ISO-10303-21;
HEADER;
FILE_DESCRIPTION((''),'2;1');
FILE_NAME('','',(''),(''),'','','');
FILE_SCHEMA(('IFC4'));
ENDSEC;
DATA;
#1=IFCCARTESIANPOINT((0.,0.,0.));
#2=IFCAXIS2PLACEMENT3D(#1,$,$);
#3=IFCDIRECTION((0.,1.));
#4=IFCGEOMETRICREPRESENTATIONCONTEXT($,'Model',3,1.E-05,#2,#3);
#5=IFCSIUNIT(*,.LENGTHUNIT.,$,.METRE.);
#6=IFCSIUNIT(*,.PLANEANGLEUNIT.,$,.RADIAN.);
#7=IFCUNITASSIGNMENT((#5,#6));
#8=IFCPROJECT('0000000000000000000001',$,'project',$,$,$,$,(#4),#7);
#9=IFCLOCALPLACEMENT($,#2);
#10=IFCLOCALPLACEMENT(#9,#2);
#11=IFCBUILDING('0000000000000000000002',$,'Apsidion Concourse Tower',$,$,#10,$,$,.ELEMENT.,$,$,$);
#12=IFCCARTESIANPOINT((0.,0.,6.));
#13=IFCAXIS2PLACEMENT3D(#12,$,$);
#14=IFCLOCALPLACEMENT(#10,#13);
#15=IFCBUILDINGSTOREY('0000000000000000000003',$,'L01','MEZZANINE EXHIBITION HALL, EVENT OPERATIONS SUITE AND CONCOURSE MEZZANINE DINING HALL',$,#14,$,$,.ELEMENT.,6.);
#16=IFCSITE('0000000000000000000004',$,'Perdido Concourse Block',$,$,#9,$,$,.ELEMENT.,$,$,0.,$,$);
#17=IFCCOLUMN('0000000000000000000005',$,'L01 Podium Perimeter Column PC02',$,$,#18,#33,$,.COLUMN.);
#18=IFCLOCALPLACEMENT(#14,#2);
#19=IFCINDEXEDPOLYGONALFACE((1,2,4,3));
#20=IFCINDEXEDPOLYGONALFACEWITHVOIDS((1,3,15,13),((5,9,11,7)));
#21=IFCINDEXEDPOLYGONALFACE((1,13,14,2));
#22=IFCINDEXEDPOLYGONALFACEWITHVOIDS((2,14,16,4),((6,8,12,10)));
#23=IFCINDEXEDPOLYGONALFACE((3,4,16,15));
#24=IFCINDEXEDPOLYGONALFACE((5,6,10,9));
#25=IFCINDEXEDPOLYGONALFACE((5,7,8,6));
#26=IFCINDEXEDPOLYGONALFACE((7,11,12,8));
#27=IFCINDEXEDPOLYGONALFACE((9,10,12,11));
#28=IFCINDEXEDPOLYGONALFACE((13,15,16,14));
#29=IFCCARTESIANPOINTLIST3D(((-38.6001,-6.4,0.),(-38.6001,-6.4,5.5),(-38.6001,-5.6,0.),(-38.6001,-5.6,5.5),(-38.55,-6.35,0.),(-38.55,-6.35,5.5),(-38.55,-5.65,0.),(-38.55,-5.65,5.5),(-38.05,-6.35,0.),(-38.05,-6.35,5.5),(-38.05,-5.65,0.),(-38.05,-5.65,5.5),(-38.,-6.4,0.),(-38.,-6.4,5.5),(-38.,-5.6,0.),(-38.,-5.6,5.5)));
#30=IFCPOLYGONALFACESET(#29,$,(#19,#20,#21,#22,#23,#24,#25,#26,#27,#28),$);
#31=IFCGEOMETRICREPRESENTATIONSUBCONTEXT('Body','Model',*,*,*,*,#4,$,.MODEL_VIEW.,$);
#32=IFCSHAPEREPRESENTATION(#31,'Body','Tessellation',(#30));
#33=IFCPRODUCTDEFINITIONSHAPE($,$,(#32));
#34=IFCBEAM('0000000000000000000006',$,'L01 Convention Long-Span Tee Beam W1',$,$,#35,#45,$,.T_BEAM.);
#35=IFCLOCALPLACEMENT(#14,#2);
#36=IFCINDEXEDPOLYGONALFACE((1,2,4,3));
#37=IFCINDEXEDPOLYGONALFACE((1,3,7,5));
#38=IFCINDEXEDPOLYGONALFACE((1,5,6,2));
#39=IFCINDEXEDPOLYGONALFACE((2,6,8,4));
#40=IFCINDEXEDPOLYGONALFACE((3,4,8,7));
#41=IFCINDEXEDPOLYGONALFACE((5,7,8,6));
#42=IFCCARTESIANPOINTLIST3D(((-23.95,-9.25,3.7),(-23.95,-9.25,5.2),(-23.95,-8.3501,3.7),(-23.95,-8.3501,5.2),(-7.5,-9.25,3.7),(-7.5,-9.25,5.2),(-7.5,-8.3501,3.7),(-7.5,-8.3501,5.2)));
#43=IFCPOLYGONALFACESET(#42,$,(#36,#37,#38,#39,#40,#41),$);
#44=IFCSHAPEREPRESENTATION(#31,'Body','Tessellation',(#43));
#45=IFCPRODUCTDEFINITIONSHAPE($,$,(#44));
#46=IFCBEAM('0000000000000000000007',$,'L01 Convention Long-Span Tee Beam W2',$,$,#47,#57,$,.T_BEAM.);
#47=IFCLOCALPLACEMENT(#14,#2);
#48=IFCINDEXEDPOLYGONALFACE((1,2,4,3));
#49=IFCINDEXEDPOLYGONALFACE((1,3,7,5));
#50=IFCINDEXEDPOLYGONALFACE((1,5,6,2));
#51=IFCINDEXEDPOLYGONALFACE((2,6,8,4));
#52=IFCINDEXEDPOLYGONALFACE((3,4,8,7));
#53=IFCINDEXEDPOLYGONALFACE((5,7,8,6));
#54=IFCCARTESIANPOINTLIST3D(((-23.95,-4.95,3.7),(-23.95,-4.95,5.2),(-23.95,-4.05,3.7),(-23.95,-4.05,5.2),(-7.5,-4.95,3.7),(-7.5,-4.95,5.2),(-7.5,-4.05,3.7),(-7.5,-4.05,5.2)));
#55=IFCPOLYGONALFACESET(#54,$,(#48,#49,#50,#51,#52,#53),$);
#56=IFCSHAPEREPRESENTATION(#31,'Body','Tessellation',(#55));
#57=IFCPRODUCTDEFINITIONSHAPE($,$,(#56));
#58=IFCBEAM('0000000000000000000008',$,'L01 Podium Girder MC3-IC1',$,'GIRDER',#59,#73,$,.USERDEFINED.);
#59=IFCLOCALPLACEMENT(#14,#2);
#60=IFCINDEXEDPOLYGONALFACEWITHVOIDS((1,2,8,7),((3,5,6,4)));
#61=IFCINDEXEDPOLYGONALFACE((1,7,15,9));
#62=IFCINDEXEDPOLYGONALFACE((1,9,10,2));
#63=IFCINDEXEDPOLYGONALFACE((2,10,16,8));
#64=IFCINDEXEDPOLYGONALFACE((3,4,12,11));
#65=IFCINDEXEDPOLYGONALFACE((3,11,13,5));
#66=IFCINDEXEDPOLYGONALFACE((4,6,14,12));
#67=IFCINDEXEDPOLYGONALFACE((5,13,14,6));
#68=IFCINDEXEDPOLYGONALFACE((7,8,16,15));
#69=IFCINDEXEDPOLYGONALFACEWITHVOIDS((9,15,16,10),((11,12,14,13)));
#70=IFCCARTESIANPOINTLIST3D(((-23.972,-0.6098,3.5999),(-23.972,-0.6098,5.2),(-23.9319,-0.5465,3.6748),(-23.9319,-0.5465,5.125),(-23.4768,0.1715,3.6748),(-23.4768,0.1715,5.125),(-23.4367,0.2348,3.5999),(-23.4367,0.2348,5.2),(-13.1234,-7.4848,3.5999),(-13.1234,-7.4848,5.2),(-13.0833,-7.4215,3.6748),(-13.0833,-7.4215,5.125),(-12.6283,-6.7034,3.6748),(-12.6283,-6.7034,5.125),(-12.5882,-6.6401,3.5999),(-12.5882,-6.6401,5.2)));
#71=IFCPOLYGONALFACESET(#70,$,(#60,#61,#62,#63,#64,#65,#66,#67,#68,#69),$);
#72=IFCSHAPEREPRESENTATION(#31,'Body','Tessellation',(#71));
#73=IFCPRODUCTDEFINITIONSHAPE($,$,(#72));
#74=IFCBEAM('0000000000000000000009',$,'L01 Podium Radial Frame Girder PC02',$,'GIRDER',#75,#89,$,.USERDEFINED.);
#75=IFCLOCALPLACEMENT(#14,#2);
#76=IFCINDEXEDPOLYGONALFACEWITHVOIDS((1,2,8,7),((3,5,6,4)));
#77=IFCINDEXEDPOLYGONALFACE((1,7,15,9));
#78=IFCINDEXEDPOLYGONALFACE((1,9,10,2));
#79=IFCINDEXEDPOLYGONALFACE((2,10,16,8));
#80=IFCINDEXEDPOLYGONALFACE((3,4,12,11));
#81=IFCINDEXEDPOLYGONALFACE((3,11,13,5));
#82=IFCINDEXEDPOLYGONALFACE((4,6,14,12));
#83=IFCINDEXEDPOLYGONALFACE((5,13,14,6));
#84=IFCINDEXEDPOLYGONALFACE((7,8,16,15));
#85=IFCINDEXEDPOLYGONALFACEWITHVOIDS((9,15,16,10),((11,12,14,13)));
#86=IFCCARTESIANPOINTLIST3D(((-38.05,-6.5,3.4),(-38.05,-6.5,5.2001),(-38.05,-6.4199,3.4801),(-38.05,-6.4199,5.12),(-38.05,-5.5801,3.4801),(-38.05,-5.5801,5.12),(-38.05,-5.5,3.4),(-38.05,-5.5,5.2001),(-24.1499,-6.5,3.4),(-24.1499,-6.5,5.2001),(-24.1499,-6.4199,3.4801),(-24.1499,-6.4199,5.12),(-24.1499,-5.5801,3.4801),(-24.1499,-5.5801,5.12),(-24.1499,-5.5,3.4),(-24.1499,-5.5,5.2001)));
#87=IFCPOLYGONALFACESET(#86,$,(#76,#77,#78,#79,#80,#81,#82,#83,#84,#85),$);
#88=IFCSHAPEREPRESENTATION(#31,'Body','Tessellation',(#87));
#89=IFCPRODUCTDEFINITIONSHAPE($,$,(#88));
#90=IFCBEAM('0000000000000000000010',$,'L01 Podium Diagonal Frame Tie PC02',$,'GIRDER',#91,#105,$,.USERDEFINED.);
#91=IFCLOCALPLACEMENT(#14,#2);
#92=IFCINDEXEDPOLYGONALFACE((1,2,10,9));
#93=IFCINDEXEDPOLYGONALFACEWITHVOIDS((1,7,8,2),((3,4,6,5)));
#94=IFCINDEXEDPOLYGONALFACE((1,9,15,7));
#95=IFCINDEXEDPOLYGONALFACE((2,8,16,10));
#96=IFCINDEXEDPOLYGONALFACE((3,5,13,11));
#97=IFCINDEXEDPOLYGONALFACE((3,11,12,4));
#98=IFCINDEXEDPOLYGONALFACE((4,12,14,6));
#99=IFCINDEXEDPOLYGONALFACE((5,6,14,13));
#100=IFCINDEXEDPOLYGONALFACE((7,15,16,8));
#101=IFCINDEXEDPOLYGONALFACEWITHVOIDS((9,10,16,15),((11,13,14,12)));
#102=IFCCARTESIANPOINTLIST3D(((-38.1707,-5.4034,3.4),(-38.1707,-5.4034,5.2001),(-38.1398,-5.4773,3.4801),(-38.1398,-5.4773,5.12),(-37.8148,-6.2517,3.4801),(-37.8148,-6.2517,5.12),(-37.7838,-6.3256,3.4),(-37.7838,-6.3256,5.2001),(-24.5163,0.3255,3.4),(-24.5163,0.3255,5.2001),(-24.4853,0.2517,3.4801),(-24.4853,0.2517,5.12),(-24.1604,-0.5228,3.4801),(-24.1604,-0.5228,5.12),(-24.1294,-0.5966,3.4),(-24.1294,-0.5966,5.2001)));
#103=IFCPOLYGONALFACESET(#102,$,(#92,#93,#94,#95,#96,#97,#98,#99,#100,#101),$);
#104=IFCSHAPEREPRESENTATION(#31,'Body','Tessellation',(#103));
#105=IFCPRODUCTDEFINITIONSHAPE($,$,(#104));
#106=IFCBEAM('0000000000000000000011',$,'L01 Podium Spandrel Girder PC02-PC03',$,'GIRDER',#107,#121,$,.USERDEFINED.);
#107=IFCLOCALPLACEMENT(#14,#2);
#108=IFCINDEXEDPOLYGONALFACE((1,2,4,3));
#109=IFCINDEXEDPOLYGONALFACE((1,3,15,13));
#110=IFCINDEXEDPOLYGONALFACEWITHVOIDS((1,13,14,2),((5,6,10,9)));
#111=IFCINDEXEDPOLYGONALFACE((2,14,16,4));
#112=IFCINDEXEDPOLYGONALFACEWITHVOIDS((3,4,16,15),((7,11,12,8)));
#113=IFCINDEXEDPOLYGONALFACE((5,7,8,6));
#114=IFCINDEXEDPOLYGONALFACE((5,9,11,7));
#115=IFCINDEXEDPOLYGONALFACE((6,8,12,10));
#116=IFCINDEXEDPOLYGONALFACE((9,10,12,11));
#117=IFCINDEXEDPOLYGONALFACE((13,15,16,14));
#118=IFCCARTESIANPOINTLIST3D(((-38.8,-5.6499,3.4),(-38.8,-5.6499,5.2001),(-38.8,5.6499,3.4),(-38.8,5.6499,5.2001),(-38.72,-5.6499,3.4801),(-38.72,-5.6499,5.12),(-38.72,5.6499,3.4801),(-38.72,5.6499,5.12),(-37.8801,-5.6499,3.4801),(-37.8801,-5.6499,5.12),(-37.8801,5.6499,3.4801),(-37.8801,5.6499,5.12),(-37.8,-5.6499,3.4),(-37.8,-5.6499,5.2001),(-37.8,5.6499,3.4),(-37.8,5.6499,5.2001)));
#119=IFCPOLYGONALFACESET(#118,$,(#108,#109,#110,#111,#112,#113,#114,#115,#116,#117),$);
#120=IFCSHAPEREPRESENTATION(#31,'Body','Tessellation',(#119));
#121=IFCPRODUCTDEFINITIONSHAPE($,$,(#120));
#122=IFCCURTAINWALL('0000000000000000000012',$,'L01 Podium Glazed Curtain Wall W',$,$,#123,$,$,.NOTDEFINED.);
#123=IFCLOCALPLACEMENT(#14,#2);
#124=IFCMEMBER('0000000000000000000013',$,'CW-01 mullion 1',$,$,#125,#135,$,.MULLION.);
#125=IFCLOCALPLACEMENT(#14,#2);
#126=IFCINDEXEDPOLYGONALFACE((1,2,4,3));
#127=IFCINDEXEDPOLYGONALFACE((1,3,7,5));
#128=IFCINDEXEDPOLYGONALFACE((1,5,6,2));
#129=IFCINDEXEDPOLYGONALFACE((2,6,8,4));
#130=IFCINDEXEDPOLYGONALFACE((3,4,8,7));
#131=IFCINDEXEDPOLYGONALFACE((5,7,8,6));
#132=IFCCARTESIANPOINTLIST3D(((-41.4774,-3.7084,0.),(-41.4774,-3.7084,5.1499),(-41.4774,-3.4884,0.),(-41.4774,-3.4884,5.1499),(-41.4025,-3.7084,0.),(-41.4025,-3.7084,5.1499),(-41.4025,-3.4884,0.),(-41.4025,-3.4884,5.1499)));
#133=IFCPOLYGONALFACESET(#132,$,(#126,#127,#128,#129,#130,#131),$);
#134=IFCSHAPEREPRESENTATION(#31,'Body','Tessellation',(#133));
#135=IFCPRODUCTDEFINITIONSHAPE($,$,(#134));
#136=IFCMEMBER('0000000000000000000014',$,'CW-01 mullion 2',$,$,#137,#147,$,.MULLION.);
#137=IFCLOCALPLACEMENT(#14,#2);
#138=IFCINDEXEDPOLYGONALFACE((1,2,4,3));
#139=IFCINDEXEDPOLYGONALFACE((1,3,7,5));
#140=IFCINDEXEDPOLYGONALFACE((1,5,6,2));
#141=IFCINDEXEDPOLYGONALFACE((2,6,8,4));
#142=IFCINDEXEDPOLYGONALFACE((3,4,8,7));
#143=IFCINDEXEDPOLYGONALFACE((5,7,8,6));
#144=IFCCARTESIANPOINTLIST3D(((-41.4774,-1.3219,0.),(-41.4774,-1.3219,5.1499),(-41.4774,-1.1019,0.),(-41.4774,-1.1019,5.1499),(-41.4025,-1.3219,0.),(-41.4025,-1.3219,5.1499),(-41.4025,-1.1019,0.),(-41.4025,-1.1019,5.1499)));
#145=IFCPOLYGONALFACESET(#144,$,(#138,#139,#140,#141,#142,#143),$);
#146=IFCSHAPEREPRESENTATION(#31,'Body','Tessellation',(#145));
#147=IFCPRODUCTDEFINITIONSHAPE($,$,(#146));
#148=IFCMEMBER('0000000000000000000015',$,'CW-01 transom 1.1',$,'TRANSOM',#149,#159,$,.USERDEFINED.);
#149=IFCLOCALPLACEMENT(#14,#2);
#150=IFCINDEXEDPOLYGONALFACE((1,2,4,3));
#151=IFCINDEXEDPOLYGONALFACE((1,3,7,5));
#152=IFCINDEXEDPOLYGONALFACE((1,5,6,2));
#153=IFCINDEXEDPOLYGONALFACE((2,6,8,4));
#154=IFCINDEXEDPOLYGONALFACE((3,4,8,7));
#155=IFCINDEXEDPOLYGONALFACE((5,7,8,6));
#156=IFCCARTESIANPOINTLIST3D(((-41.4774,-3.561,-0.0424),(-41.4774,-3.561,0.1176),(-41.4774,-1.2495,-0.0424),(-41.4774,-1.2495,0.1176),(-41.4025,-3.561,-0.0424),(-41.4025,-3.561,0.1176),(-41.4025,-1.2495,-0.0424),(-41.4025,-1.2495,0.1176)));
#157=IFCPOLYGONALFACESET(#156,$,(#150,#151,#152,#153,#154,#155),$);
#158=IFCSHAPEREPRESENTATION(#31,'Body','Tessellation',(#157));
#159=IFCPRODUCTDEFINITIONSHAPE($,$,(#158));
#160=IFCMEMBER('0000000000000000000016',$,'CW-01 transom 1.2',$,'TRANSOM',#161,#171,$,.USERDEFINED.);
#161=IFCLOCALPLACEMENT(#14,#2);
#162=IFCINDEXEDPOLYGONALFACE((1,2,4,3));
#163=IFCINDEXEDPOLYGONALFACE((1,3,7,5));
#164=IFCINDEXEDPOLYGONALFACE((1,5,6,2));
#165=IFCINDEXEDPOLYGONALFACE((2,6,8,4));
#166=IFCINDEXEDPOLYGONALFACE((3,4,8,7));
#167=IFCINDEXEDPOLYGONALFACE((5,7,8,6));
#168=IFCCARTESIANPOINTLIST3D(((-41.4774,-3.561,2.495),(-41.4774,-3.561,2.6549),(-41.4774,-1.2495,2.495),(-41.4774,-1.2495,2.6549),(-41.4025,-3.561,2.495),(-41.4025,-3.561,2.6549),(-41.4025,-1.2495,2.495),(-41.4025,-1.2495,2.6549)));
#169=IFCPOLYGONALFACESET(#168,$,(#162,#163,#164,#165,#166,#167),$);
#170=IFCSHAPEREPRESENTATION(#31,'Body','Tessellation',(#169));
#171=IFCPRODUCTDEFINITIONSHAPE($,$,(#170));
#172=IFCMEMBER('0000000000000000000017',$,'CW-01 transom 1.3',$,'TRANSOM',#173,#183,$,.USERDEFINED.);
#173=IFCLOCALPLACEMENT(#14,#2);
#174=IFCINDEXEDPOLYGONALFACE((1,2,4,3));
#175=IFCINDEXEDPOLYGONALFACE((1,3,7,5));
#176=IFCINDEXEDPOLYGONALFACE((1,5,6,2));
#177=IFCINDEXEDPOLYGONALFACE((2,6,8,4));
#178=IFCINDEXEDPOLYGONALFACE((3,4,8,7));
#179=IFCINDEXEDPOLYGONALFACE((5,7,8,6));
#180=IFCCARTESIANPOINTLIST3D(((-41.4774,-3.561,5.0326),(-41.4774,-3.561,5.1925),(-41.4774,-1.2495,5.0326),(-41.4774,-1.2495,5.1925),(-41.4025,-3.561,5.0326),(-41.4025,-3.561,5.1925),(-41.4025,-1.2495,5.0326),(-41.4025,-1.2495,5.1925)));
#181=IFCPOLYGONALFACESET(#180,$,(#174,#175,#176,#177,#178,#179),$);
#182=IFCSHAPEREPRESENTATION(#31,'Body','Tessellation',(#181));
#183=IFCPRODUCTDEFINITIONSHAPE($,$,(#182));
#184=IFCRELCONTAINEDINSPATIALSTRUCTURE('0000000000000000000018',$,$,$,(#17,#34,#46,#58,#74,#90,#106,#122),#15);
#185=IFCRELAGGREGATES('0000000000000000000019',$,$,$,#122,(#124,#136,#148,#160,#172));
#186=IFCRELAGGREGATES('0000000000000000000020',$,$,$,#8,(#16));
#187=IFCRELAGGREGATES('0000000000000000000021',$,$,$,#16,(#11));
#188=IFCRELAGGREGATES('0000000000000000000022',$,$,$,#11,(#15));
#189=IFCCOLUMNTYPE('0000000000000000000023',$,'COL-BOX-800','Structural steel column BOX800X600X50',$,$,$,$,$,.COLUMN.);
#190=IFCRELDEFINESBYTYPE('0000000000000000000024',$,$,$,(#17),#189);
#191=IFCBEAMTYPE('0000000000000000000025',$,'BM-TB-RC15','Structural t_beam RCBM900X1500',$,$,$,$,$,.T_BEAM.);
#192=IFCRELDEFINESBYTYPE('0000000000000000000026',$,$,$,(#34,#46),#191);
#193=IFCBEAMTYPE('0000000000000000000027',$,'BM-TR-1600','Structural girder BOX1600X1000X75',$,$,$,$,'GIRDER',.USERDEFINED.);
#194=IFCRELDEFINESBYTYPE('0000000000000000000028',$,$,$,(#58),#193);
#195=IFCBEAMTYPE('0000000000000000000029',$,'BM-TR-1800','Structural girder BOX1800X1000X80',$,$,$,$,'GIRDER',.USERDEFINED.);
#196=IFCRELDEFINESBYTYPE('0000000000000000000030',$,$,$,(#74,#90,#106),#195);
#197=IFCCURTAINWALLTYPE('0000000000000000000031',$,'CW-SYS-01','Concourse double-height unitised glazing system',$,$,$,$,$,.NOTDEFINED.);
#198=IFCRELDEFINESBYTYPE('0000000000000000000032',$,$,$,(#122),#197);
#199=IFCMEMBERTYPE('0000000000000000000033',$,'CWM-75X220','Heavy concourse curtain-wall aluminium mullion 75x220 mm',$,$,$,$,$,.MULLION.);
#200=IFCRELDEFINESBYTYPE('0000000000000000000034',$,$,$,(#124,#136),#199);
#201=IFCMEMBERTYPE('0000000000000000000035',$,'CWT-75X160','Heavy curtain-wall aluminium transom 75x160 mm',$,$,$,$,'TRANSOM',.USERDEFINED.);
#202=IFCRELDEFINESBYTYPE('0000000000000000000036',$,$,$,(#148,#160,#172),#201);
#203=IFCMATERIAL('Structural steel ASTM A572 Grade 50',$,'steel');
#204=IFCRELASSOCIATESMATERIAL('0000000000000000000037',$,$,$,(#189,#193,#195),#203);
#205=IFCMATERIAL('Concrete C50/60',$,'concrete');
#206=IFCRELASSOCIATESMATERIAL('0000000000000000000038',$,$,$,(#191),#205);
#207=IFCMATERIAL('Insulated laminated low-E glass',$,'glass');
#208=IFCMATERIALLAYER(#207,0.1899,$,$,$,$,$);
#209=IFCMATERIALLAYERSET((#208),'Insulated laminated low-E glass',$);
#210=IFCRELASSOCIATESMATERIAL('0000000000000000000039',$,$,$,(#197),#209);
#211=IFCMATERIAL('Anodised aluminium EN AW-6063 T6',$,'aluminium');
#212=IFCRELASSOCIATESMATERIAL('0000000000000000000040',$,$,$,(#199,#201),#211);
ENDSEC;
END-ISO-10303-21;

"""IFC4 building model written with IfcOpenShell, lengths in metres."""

from ifc_helpers import new_model, si_unit, direction, frame, origin, origin_2d, place, context, subcontext, project, spatial, rectangle, hollow_rectangle, extrude, material, layer, layer_set, material_profile, profile_set, type_object, element, aggregate, save


model = new_model("IFC4")

# Units and contexts
model_context = context("Model", 3, precision=1e-05, world=origin(), true_north=direction((0.0, 1.0)))
body_context = subcontext(model_context, "Body", "Model", "MODEL_VIEW")
ifc_project = project(units=[si_unit("LENGTHUNIT", "METRE"), si_unit("PLANEANGLEUNIT", "RADIAN")], contexts=[model_context])

# Site, building, storey
site_placement = place(None, origin())
site = spatial("IfcSite", under=ifc_project, at=site_placement, Name="Perdido Concourse Block", CompositionType="ELEMENT", RefElevation=0.0)
building_placement = place(site_placement, origin())
building = spatial("IfcBuilding", under=site, at=building_placement, Name="Apsidion Concourse Tower", CompositionType="ELEMENT")
storey_placement = place(building_placement, frame((0.0, 0.0, 6.0)))
storey = spatial("IfcBuildingStorey", under=building, at=storey_placement, Name="L01", Description="MEZZANINE EXHIBITION HALL, EVENT OPERATIONS SUITE AND CONCOURSE MEZZANINE DINING HALL", CompositionType="ELEMENT", Elevation=6.0)

# Column
ifc_material_1 = material(Name="Structural steel ASTM A572 Grade 50", Category="steel")
ifc_material_profile_1 = material_profile(ifc_material_1, hollow_rectangle(XDim=0.6001, YDim=0.8, WallThickness=0.05, at=origin_2d()), Name="BOX800X600X50")
ifc_profile_set_1 = profile_set([ifc_material_profile_1], Name="Structural steel ASTM A572 Grade 50")
column_type = type_object("IfcColumnType", Name="COL-BOX-800", Description="Structural steel column BOX800X600X50", PredefinedType="COLUMN", material=ifc_profile_set_1)
column_placement = place(storey_placement, frame((-38.3, -6.0, 0.0), z_axis=(0.0, 0.0, 1.0), x_axis=(1.0, 0.0, 0.0)))
element("IfcColumn", 1, at=column_placement, inside=storey, type_object=column_type, Name="L01 Podium Perimeter Column PC02", PredefinedType="COLUMN", context=body_context, shape_type="SweptSolid", body=[
    extrude(hollow_rectangle(XDim=0.6001, YDim=0.8, WallThickness=0.05, at=origin_2d()), origin(), (0.0, 0.0, 1.0), 5.5),
])

# Beams
ifc_material_2 = material(Name="Concrete C50/60", Category="concrete")
ifc_material_profile_2 = material_profile(ifc_material_2, rectangle(XDim=0.8999, YDim=1.5, at=origin_2d()), Name="RC 900x1500")
ifc_profile_set_2 = profile_set([ifc_material_profile_2], Name="Concrete C50/60")
beam_type_1 = type_object("IfcBeamType", Name="BM-TB-RC15", Description="Structural t_beam RCBM900X1500", PredefinedType="T_BEAM", material=ifc_profile_set_2)
for number, where, z_axis, x_axis, name in (
    (2, (-23.95, -8.8, 4.45), (1.0, 0.0, 0.0), (0.0, 1.0, 0.0), "L01 Convention Long-Span Tee Beam W1"),
    (3, (-23.95, -4.5, 4.45), (1.0, 0.0, 0.0), (0.0, 1.0, 0.0), "L01 Convention Long-Span Tee Beam W2"),
):
    element("IfcBeam", number, at=place(storey_placement, frame(where, z_axis=z_axis, x_axis=x_axis)), inside=storey, type_object=beam_type_1, Name=name, PredefinedType="T_BEAM", context=body_context, shape_type="SweptSolid", body=[
        extrude(rectangle(XDim=0.8999, YDim=1.5, at=origin_2d()), origin(), (0.0, 0.0, 1.0), 16.45),
    ])
ifc_material_profile_3 = material_profile(ifc_material_1, hollow_rectangle(XDim=1.0, YDim=1.6001, WallThickness=0.075, at=origin_2d()), Name="BOX1600X1000X75")
ifc_profile_set_3 = profile_set([ifc_material_profile_3], Name="Structural steel ASTM A572 Grade 50")
beam_type_2 = type_object("IfcBeamType", Name="BM-TR-1600", Description="Structural girder BOX1600X1000X75", ElementType="GIRDER", PredefinedType="USERDEFINED", material=ifc_profile_set_3)
beam_1_placement = place(storey_placement, frame((-23.7043, -0.1875, 4.3999), z_axis=(0.844671, -0.535285, 0.0), x_axis=(0.535285, 0.844671, 0.0)))
element("IfcBeam", 4, at=beam_1_placement, inside=storey, type_object=beam_type_2, Name="L01 Podium Girder MC3-IC1", ObjectType="GIRDER", PredefinedType="USERDEFINED", context=body_context, shape_type="SweptSolid", body=[
    extrude(hollow_rectangle(XDim=1.0, YDim=1.6001, WallThickness=0.075, at=origin_2d()), origin(), (0.0, 0.0, 1.0), 12.8435),
])
ifc_material_profile_4 = material_profile(ifc_material_1, hollow_rectangle(XDim=1.0, YDim=1.8, WallThickness=0.0801, at=origin_2d()), Name="BOX1800X1000X80")
ifc_profile_set_4 = profile_set([ifc_material_profile_4], Name="Structural steel ASTM A572 Grade 50")
beam_type_3 = type_object("IfcBeamType", Name="BM-TR-1800", Description="Structural girder BOX1800X1000X80", ElementType="GIRDER", PredefinedType="USERDEFINED", material=ifc_profile_set_4)
beam_2_placement = place(storey_placement, frame((-38.05, -6.0, 4.3), z_axis=(1.0, 0.0, 0.0), x_axis=(0.0, 1.0, 0.0)))
element("IfcBeam", 5, at=beam_2_placement, inside=storey, type_object=beam_type_3, Name="L01 Podium Radial Frame Girder PC02", ObjectType="GIRDER", PredefinedType="USERDEFINED", context=body_context, shape_type="SweptSolid", body=[
    extrude(hollow_rectangle(XDim=1.0, YDim=1.8, WallThickness=0.0801, at=origin_2d()), origin(), (0.0, 0.0, 1.0), 13.9001),
])
beam_3_placement = place(storey_placement, frame((-37.9773, -5.8645, 4.3), z_axis=(0.922124, 0.386894, 0.0), x_axis=(-0.386894, 0.922124, 0.0)))
element("IfcBeam", 6, at=beam_3_placement, inside=storey, type_object=beam_type_3, Name="L01 Podium Diagonal Frame Tie PC02", ObjectType="GIRDER", PredefinedType="USERDEFINED", context=body_context, shape_type="SweptSolid", body=[
    extrude(hollow_rectangle(XDim=1.0, YDim=1.8, WallThickness=0.0801, at=origin_2d()), origin(), (0.0, 0.0, 1.0), 14.8076),
])
beam_4_placement = place(storey_placement, frame((-38.3, -5.6499, 4.3), z_axis=(0.0, 1.0, 0.0), x_axis=(-1.0, 0.0, 0.0)))
element("IfcBeam", 7, at=beam_4_placement, inside=storey, type_object=beam_type_3, Name="L01 Podium Spandrel Girder PC02-PC03", ObjectType="GIRDER", PredefinedType="USERDEFINED", context=body_context, shape_type="SweptSolid", body=[
    extrude(hollow_rectangle(XDim=1.0, YDim=1.8, WallThickness=0.0801, at=origin_2d()), origin(), (0.0, 0.0, 1.0), 11.2998),
])

# Curtain wall, members
ifc_material_3 = material(Name="Insulated laminated low-E glass", Category="glass")
ifc_layer_1 = layer(ifc_material_3, 0.1899)
ifc_layer_set_1 = layer_set([ifc_layer_1], Name="Insulated laminated low-E glass")
curtain_wall_type = type_object("IfcCurtainWallType", Name="CW-SYS-01", Description="Concourse double-height unitised glazing system", PredefinedType="NOTDEFINED", material=ifc_layer_set_1)
curtain_wall_placement = place(storey_placement, origin())
curtain_wall = element("IfcCurtainWall", 8, at=curtain_wall_placement, inside=storey, type_object=curtain_wall_type, Name="L01 Podium Glazed Curtain Wall W", PredefinedType="NOTDEFINED")
ifc_material_4 = material(Name="Anodised aluminium EN AW-6063 T6", Category="aluminium")
ifc_material_profile_5 = material_profile(ifc_material_4, rectangle(XDim=0.075, YDim=0.22, at=origin_2d()), Name="ALU MULLION 75x220")
ifc_profile_set_5 = profile_set([ifc_material_profile_5], Name="Anodised aluminium EN AW-6063 T6")
member_type_1 = type_object("IfcMemberType", Name="CWM-75X220", Description="Heavy concourse curtain-wall aluminium mullion 75x220 mm", PredefinedType="MULLION", material=ifc_profile_set_5)
member_1_placement = place(storey_placement, frame((-41.4399, -3.5984, 0.0), z_axis=(0.0, 0.0, 1.0), x_axis=(-1.0, 0.0, 0.0)))
member_1 = element("IfcMember", 9, at=member_1_placement, type_object=member_type_1, Name="CW-01 mullion 1", PredefinedType="MULLION", context=body_context, shape_type="SweptSolid", body=[
    extrude(rectangle(XDim=0.075, YDim=0.22, at=origin_2d()), origin(), (0.0, 0.0, 1.0), 5.1499),
])
member_2_placement = place(storey_placement, frame((-41.4399, -1.2119, 0.0), z_axis=(0.0, 0.0, 1.0), x_axis=(-1.0, 0.0, 0.0)))
member_2 = element("IfcMember", 10, at=member_2_placement, type_object=member_type_1, Name="CW-01 mullion 2", PredefinedType="MULLION", context=body_context, shape_type="SweptSolid", body=[
    extrude(rectangle(XDim=0.075, YDim=0.22, at=origin_2d()), origin(), (0.0, 0.0, 1.0), 5.1499),
])
ifc_material_profile_6 = material_profile(ifc_material_4, rectangle(XDim=0.075, YDim=0.1599, at=origin_2d()), Name="ALU TRANSOM 75x160")
ifc_profile_set_6 = profile_set([ifc_material_profile_6], Name="Anodised aluminium EN AW-6063 T6")
member_type_2 = type_object("IfcMemberType", Name="CWT-75X160", Description="Heavy curtain-wall aluminium transom 75x160 mm", ElementType="TRANSOM", PredefinedType="USERDEFINED", material=ifc_profile_set_6)
member_3_placement = place(storey_placement, frame((-41.4399, -3.561, 0.0376), z_axis=(0.0, 1.0, 0.0), x_axis=(-1.0, 0.0, 0.0)))
member_3 = element("IfcMember", 11, at=member_3_placement, type_object=member_type_2, Name="CW-01 transom 1.1", ObjectType="TRANSOM", PredefinedType="USERDEFINED", context=body_context, shape_type="SweptSolid", body=[
    extrude(rectangle(XDim=0.075, YDim=0.1599, at=origin_2d()), origin(), (0.0, 0.0, 1.0), 2.3115),
])
member_4_placement = place(storey_placement, frame((-41.4399, -3.561, 2.575), z_axis=(0.0, 1.0, 0.0), x_axis=(-1.0, 0.0, 0.0)))
member_4 = element("IfcMember", 12, at=member_4_placement, type_object=member_type_2, Name="CW-01 transom 1.2", ObjectType="TRANSOM", PredefinedType="USERDEFINED", context=body_context, shape_type="SweptSolid", body=[
    extrude(rectangle(XDim=0.075, YDim=0.1599, at=origin_2d()), origin(), (0.0, 0.0, 1.0), 2.3115),
])
member_5_placement = place(storey_placement, frame((-41.4399, -3.561, 5.1125), z_axis=(0.0, 1.0, 0.0), x_axis=(-1.0, 0.0, 0.0)))
member_5 = element("IfcMember", 13, at=member_5_placement, type_object=member_type_2, Name="CW-01 transom 1.3", ObjectType="TRANSOM", PredefinedType="USERDEFINED", context=body_context, shape_type="SweptSolid", body=[
    extrude(rectangle(XDim=0.075, YDim=0.1599, at=origin_2d()), origin(), (0.0, 0.0, 1.0), 2.3115),
])
aggregate(curtain_wall, [member_1, member_2, member_3, member_4, member_5])

save(model, "model.ifc")
